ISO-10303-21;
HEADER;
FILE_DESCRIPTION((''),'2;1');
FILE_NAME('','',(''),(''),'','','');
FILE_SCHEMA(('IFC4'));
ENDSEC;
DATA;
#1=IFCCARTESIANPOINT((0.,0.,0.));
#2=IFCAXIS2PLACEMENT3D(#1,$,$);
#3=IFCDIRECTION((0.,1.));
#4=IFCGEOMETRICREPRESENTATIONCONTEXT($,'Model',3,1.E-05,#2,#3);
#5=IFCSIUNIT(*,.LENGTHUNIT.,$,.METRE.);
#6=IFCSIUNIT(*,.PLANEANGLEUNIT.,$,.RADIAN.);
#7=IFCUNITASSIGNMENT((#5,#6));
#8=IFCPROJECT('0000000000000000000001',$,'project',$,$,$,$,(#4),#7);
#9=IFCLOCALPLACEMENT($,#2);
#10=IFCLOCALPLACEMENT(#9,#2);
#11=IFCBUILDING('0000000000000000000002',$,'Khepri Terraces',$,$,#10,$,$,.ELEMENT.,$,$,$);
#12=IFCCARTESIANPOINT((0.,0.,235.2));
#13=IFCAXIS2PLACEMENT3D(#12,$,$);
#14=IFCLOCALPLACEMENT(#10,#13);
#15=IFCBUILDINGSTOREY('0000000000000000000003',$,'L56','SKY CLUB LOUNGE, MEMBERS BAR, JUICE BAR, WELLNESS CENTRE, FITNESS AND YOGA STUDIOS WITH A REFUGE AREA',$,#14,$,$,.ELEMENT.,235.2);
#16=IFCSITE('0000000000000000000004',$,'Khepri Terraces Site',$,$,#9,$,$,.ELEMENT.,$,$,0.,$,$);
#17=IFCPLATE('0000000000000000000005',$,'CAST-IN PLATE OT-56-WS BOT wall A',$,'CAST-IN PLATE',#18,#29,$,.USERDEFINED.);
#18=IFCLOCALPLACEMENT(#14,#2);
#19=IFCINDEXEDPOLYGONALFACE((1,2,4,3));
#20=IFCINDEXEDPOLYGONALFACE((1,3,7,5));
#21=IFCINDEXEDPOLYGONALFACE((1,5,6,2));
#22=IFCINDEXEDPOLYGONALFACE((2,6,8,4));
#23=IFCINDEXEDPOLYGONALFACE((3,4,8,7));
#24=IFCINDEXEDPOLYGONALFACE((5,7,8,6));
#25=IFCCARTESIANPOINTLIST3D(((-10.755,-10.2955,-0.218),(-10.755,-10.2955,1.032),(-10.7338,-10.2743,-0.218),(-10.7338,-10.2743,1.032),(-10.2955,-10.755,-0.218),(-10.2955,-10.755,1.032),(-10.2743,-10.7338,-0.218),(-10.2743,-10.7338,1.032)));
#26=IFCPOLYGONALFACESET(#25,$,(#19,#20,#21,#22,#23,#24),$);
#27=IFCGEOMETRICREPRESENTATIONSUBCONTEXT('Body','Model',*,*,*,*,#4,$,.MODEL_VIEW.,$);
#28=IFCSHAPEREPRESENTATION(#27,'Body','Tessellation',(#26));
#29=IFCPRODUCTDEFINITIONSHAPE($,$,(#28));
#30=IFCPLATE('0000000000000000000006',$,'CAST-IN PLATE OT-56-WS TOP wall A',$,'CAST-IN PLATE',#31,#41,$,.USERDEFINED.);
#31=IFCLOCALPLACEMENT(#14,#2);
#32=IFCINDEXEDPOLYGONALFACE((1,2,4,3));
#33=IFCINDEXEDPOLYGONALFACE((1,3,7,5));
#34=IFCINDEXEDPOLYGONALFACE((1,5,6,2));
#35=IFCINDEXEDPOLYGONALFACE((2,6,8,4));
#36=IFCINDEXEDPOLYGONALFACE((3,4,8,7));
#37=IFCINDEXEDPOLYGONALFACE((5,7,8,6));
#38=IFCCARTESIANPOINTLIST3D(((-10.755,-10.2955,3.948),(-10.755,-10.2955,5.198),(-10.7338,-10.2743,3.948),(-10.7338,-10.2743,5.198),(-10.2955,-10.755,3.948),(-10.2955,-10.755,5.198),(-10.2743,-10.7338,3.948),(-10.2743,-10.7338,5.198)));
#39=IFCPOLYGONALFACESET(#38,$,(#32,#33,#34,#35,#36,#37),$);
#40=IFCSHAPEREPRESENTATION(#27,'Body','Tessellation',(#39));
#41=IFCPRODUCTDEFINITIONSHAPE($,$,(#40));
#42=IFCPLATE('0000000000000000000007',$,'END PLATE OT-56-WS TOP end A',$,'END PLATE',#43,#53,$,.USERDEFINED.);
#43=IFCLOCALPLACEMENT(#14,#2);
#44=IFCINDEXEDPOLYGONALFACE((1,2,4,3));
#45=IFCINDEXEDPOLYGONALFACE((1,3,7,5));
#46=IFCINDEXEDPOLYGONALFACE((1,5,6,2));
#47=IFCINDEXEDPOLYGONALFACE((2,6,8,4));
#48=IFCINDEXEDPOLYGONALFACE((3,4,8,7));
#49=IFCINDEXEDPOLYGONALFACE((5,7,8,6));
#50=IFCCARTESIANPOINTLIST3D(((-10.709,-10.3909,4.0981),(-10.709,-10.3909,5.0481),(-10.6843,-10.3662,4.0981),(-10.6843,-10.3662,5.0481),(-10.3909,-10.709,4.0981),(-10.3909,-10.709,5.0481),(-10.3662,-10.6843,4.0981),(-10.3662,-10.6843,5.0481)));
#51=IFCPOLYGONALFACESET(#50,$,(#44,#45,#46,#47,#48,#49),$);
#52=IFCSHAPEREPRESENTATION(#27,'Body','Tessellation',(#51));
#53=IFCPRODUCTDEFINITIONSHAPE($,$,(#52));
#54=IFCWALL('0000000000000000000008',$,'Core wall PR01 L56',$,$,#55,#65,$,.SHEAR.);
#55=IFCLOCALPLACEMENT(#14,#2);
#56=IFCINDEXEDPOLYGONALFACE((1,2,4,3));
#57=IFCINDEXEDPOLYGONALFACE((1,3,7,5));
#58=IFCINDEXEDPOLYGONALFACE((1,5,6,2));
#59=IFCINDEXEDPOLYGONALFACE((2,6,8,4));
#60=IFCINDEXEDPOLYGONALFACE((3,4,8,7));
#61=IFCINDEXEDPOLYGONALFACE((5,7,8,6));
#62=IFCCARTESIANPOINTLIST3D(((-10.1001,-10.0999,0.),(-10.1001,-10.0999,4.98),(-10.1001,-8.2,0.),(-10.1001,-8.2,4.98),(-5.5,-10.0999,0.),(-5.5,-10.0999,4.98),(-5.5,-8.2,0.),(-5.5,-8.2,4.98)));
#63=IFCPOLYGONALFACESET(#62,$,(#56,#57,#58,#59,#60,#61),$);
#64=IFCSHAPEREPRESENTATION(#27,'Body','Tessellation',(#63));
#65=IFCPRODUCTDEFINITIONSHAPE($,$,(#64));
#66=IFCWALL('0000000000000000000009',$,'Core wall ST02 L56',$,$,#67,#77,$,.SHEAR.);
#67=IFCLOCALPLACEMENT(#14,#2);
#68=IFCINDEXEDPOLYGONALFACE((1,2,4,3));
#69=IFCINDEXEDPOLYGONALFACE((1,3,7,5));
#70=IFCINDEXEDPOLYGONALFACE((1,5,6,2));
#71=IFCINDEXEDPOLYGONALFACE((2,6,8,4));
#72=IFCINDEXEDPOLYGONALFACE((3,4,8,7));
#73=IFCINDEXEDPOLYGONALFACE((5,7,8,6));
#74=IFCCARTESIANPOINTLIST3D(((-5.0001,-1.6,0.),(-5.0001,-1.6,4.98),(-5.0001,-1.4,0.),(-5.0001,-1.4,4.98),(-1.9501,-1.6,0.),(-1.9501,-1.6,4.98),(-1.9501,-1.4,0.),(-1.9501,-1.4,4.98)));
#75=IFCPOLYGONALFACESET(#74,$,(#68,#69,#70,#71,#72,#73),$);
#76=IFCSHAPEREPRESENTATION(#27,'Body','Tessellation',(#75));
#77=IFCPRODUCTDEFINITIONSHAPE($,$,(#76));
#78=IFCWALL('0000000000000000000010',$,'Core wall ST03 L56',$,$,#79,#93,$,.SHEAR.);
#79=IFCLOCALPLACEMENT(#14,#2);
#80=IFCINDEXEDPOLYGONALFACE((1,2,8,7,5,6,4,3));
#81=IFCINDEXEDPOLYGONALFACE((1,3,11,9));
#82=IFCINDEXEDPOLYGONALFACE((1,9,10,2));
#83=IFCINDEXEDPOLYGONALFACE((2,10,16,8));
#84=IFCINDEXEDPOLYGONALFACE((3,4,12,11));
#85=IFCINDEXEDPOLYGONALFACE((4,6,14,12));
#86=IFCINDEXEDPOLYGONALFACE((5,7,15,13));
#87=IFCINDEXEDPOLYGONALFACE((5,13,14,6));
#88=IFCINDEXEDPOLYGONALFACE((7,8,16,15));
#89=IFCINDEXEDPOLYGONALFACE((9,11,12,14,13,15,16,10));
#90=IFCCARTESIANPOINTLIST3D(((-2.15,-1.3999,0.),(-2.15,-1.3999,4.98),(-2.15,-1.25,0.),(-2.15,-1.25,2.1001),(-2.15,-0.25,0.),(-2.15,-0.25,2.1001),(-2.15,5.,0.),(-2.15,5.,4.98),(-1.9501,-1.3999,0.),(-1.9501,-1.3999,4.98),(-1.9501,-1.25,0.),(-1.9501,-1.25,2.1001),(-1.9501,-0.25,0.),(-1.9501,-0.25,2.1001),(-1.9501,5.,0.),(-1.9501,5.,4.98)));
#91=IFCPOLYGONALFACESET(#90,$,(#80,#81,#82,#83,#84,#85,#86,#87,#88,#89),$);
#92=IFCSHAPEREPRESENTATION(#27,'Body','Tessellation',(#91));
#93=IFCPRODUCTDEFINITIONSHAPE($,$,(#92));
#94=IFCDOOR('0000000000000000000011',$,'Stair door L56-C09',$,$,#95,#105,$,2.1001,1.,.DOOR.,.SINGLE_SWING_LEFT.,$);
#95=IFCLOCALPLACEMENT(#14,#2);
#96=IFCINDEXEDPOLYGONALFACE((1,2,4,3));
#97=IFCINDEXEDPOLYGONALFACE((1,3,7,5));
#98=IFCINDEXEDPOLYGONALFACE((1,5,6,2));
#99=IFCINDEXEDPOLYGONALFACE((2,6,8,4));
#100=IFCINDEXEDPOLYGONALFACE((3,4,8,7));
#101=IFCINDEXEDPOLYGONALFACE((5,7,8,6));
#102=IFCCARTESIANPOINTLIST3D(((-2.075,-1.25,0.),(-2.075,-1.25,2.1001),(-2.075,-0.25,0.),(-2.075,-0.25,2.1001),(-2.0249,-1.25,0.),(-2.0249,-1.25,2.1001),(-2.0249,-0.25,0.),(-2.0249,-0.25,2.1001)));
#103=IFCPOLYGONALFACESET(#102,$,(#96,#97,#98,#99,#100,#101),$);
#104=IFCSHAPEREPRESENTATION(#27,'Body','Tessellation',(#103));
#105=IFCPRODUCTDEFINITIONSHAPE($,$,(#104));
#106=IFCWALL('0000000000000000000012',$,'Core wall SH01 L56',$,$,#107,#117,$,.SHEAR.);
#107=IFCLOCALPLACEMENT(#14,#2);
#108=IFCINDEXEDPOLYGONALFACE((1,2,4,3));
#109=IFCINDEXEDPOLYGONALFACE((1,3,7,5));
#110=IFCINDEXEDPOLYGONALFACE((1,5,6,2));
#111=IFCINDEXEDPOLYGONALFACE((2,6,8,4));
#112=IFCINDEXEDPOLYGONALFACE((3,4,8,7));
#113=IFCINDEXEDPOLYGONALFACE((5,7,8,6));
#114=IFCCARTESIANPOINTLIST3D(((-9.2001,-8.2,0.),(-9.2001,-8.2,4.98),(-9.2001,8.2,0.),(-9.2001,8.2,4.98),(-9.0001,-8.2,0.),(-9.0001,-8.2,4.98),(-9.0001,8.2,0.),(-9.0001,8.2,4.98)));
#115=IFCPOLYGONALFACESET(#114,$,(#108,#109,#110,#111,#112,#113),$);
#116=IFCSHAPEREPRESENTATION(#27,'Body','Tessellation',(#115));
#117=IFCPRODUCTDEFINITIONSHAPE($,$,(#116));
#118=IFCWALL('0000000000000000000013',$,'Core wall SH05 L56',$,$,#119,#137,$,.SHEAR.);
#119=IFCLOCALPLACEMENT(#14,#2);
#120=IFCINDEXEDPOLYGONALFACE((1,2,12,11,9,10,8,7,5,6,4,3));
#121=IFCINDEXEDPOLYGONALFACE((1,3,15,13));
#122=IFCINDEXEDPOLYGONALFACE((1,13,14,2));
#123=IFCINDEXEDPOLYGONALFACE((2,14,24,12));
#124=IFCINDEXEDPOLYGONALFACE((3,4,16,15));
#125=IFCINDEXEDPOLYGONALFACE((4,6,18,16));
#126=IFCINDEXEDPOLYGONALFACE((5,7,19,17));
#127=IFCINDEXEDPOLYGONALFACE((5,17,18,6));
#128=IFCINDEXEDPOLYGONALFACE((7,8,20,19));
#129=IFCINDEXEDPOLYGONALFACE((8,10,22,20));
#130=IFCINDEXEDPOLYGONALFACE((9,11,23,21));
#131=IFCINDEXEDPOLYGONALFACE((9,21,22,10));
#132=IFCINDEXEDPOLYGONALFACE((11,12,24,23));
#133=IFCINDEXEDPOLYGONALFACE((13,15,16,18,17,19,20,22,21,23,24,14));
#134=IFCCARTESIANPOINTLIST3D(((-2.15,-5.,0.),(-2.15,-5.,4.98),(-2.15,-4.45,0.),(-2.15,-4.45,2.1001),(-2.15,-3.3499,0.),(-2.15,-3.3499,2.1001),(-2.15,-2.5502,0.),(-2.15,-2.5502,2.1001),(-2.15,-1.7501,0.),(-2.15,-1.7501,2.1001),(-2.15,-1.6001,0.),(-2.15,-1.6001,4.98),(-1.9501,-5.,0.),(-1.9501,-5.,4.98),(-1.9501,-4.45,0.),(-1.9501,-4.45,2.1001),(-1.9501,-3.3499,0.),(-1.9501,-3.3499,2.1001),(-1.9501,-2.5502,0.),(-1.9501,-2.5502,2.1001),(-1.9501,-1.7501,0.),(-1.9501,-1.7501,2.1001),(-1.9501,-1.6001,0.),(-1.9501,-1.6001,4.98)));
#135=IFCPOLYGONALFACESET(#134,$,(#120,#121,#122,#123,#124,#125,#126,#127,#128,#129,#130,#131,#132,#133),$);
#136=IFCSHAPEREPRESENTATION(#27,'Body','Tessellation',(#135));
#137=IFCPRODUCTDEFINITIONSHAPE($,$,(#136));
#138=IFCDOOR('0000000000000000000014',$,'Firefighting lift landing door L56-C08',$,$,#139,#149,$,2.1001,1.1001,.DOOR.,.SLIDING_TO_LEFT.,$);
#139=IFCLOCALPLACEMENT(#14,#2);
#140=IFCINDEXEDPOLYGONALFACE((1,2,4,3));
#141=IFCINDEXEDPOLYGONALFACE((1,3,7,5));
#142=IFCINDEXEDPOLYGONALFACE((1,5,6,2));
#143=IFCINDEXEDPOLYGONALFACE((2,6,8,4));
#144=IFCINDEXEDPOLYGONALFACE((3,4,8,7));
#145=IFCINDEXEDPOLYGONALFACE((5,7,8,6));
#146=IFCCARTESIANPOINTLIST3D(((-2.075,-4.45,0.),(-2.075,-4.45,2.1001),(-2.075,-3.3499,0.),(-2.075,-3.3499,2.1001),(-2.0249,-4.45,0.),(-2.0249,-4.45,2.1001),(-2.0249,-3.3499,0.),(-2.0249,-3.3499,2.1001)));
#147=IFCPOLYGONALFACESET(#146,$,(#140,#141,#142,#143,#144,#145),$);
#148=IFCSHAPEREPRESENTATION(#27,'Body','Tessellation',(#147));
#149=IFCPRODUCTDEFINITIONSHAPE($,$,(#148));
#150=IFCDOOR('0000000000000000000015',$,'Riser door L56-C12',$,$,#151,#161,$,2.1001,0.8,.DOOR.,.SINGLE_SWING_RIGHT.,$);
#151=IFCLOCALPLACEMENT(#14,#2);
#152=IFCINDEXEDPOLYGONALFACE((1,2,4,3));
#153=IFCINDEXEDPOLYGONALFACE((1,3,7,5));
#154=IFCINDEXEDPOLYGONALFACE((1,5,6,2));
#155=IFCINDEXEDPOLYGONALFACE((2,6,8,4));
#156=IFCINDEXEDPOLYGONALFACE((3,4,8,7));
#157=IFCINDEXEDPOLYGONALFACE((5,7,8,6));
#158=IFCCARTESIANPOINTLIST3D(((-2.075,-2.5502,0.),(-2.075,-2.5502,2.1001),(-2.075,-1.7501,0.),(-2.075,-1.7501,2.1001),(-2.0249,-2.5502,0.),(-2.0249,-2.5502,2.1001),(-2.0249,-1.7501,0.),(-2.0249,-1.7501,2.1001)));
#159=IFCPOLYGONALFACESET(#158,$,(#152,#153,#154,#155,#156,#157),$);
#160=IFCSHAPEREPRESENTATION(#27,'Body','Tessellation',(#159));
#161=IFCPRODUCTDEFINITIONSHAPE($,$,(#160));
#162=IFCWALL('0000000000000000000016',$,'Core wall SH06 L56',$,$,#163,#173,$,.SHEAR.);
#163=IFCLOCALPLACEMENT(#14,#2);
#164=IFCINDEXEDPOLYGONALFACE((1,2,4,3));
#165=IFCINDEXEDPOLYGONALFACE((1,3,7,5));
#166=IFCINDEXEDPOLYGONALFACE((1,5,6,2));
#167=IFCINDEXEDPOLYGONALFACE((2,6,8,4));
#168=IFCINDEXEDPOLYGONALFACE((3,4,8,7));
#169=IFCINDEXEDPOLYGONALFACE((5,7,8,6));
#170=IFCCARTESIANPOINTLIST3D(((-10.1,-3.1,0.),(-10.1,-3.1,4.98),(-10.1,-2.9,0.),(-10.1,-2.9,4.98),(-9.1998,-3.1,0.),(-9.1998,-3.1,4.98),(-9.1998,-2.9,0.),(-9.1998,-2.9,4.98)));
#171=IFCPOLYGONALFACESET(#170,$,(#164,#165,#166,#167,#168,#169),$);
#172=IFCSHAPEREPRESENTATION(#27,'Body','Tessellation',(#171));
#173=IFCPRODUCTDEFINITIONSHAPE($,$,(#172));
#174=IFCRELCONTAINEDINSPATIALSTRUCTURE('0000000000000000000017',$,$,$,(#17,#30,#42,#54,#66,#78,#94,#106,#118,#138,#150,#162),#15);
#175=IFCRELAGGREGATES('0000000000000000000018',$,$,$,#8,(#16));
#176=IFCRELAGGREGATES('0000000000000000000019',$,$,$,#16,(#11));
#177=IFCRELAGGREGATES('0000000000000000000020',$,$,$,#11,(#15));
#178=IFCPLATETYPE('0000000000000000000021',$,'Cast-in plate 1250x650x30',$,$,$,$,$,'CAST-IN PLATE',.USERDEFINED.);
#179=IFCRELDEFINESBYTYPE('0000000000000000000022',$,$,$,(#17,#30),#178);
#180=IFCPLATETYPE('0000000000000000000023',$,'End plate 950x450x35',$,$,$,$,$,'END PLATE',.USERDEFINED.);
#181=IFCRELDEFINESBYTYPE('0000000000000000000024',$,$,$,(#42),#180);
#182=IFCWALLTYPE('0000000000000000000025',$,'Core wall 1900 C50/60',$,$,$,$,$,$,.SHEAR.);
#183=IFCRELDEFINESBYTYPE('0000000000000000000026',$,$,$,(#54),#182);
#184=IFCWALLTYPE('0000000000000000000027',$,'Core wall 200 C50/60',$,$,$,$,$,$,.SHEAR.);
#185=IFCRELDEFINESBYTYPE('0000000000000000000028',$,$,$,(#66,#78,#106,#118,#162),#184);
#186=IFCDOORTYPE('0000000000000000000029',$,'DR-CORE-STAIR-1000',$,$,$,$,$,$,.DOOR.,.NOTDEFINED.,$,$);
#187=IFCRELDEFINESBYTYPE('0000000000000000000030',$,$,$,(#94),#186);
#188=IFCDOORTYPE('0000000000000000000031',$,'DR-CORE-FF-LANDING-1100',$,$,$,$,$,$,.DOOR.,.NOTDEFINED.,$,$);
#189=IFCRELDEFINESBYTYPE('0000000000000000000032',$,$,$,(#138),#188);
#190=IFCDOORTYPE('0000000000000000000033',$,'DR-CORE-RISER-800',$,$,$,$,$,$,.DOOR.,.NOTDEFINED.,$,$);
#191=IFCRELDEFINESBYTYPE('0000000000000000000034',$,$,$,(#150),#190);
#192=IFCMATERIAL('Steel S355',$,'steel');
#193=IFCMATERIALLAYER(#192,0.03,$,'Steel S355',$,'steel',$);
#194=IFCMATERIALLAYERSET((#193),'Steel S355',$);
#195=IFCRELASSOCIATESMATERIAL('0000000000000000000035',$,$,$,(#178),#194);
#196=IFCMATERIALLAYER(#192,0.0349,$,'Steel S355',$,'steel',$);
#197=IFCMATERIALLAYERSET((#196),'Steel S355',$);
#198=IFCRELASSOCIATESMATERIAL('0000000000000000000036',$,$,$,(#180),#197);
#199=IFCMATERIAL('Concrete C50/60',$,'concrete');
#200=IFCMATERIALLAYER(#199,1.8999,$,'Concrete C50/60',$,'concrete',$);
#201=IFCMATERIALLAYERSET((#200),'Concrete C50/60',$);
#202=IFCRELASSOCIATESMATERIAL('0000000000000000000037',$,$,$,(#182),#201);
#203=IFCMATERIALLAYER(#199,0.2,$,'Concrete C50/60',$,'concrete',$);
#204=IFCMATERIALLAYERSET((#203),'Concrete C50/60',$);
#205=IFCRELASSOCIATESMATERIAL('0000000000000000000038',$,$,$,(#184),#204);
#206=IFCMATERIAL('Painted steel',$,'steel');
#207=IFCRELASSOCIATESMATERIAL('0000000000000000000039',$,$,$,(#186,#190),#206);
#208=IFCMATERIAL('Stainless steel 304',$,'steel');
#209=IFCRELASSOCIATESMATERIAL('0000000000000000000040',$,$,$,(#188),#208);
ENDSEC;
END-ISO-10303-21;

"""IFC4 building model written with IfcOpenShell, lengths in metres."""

from ifc_helpers import new_model, si_unit, direction, frame, frame_2d, origin, origin_2d, place, context, subcontext, project, spatial, rectangle, extrude, material, layer, layer_set, type_object, element, fill, save


model = new_model("IFC4")

# Units and contexts
model_context = context("Model", 3, precision=1e-05, world=origin(), true_north=direction((0.0, 1.0)))
body_context = subcontext(model_context, "Body", "Model", "MODEL_VIEW")
ifc_project = project(units=[si_unit("LENGTHUNIT", "METRE"), si_unit("PLANEANGLEUNIT", "RADIAN")], contexts=[model_context])

# Site, building, storey
site_placement = place(None, origin())
site = spatial("IfcSite", under=ifc_project, at=site_placement, Name="Khepri Terraces Site", CompositionType="ELEMENT", RefElevation=0.0)
building_placement = place(site_placement, origin())
building = spatial("IfcBuilding", under=site, at=building_placement, Name="Khepri Terraces", CompositionType="ELEMENT")
storey_placement = place(building_placement, frame((0.0, 0.0, 235.2)))
storey = spatial("IfcBuildingStorey", under=building, at=storey_placement, Name="L56", Description="SKY CLUB LOUNGE, MEMBERS BAR, JUICE BAR, WELLNESS CENTRE, FITNESS AND YOGA STUDIOS WITH A REFUGE AREA", CompositionType="ELEMENT", Elevation=235.2)

# Plates
ifc_material_1 = material(Name="Steel S355", Category="steel")
ifc_layer_1 = layer(ifc_material_1, 0.03, Name="Steel S355", Category="steel")
ifc_layer_set_1 = layer_set([ifc_layer_1], Name="Steel S355")
plate_type_1 = type_object("IfcPlateType", Name="Cast-in plate 1250x650x30", ElementType="CAST-IN PLATE", PredefinedType="USERDEFINED", material=ifc_layer_set_1)
for number, where, z_axis, x_axis, name in (
    (1, (-10.5146, -10.5146, -0.218), (0.0, 0.0, 1.0), (-0.707107, -0.707107, 0.0), "CAST-IN PLATE OT-56-WS BOT wall A"),
    (2, (-10.5146, -10.5146, 3.948), (0.0, 0.0, 1.0), (-0.707107, -0.707107, 0.0), "CAST-IN PLATE OT-56-WS TOP wall A"),
):
    element("IfcPlate", number, at=place(storey_placement, frame(where, z_axis=z_axis, x_axis=x_axis)), inside=storey, type_object=plate_type_1, Name=name, ObjectType="CAST-IN PLATE", PredefinedType="USERDEFINED", context=body_context, shape_type="SweptSolid", body=[
        extrude(rectangle(XDim=0.03, YDim=0.6499, at=origin_2d()), origin(), (0.0, 0.0, 1.0), 1.25),
    ])
ifc_layer_2 = layer(ifc_material_1, 0.0349, Name="Steel S355", Category="steel")
ifc_layer_set_2 = layer_set([ifc_layer_2], Name="Steel S355")
plate_type_2 = type_object("IfcPlateType", Name="End plate 950x450x35", ElementType="END PLATE", PredefinedType="USERDEFINED", material=ifc_layer_set_2)
plate_placement = place(storey_placement, frame((-10.5376, -10.5376, 4.0981), z_axis=(0.0, 0.0, 1.0), x_axis=(-0.707107, -0.707107, 0.0)))
element("IfcPlate", 3, at=plate_placement, inside=storey, type_object=plate_type_2, Name="END PLATE OT-56-WS TOP end A", ObjectType="END PLATE", PredefinedType="USERDEFINED", context=body_context, shape_type="SweptSolid", body=[
    extrude(rectangle(XDim=0.0349, YDim=0.45, at=origin_2d()), origin(), (0.0, 0.0, 1.0), 0.95),
])

# Walls
ifc_material_2 = material(Name="Concrete C50/60", Category="concrete")
ifc_layer_3 = layer(ifc_material_2, 1.8999, Name="Concrete C50/60", Category="concrete")
ifc_layer_set_3 = layer_set([ifc_layer_3], Name="Concrete C50/60")
wall_type_1 = type_object("IfcWallType", Name="Core wall 1900 C50/60", PredefinedType="SHEAR", material=ifc_layer_set_3)
wall_1_placement = place(storey_placement, frame((-10.1001, -9.1499, 0.0), z_axis=(0.0, 0.0, 1.0), x_axis=(1.0, 0.0, 0.0)))
element("IfcWall", 4, at=wall_1_placement, inside=storey, type_object=wall_type_1, Name="Core wall PR01 L56", PredefinedType="SHEAR", context=body_context, shape_type="SweptSolid", body=[
    extrude(rectangle(XDim=4.6001, YDim=1.8999, at=frame_2d((2.3, 0.0))), origin(), (0.0, 0.0, 1.0), 4.98),
])
ifc_layer_4 = layer(ifc_material_2, 0.2, Name="Concrete C50/60", Category="concrete")
ifc_layer_set_4 = layer_set([ifc_layer_4], Name="Concrete C50/60")
wall_type_2 = type_object("IfcWallType", Name="Core wall 200 C50/60", PredefinedType="SHEAR", material=ifc_layer_set_4)
wall_2_placement = place(storey_placement, frame((-5.0, -1.5, 0.0), z_axis=(0.0, 0.0, 1.0), x_axis=(1.0, 0.0, 0.0)))
element("IfcWall", 5, at=wall_2_placement, inside=storey, type_object=wall_type_2, Name="Core wall ST02 L56", PredefinedType="SHEAR", context=body_context, shape_type="SweptSolid", body=[
    extrude(rectangle(XDim=3.05, YDim=0.2, at=frame_2d((1.5249, 0.0))), origin(), (0.0, 0.0, 1.0), 4.98),
])

# Wall, opening, door
wall_3_placement = place(storey_placement, frame((-2.05, -1.3999, 0.0), z_axis=(0.0, 0.0, 1.0), x_axis=(0.0, 1.0, 0.0)))
wall_3 = element("IfcWall", 6, at=wall_3_placement, inside=storey, type_object=wall_type_2, Name="Core wall ST03 L56", PredefinedType="SHEAR", context=body_context, shape_type="SweptSolid", body=[
    extrude(rectangle(XDim=6.3999, YDim=0.2, at=frame_2d((3.2, 0.0))), origin(), (0.0, 0.0, 1.0), 4.98),
])
opening_1_placement = place(wall_3_placement, frame((0.1499, 0.0, 0.0)))
opening_1 = element("IfcOpeningElement", 7, at=opening_1_placement, cuts=wall_3, PredefinedType="OPENING", context=body_context, shape_type="SweptSolid", body=[
    extrude(rectangle(XDim=1.0, YDim=2.1001, at=frame_2d((0.5, 1.05))), frame((0.0, 0.1099, 0.0), z_axis=(0.0, -1.0, 0.0), x_axis=(1.0, 0.0, 0.0)), (0.0, 0.0, 1.0), 0.22),
])
ifc_material_3 = material(Name="Painted steel", Category="steel")
door_type_1 = type_object("IfcDoorType", Name="DR-CORE-STAIR-1000", OperationType="NOTDEFINED", PredefinedType="DOOR", material=ifc_material_3)
door_1_placement = place(opening_1_placement, origin())
door_1 = element("IfcDoor", 8, at=door_1_placement, inside=storey, type_object=door_type_1, Name="Stair door L56-C09", OperationType="SINGLE_SWING_LEFT", OverallHeight=2.1001, OverallWidth=1.0, PredefinedType="DOOR", context=body_context, shape_type="SweptSolid", body=[
    extrude(rectangle(XDim=1.0, YDim=2.1001, at=frame_2d((0.5, 1.05))), frame((0.0, 0.0249, 0.0), z_axis=(0.0, -1.0, 0.0), x_axis=(1.0, 0.0, 0.0)), (0.0, 0.0, 1.0), 0.05),
])
fill(opening_1, door_1)

# Wall
wall_4_placement = place(storey_placement, frame((-9.1001, -8.2, 0.0), z_axis=(0.0, 0.0, 1.0), x_axis=(0.0, 1.0, 0.0)))
element("IfcWall", 9, at=wall_4_placement, inside=storey, type_object=wall_type_2, Name="Core wall SH01 L56", PredefinedType="SHEAR", context=body_context, shape_type="SweptSolid", body=[
    extrude(rectangle(XDim=16.3999, YDim=0.2, at=frame_2d((8.2, 0.0))), origin(), (0.0, 0.0, 1.0), 4.98),
])

# Wall, openings, doors
wall_5_placement = place(storey_placement, frame((-2.05, -5.0, 0.0), z_axis=(0.0, 0.0, 1.0), x_axis=(0.0, 1.0, 0.0)))
wall_5 = element("IfcWall", 10, at=wall_5_placement, inside=storey, type_object=wall_type_2, Name="Core wall SH05 L56", PredefinedType="SHEAR", context=body_context, shape_type="SweptSolid", body=[
    extrude(rectangle(XDim=3.3999, YDim=0.2, at=frame_2d((1.7, 0.0))), origin(), (0.0, 0.0, 1.0), 4.98),
])
opening_2_placement = place(wall_5_placement, frame((0.55, 0.0, 0.0)))
opening_2 = element("IfcOpeningElement", 11, at=opening_2_placement, cuts=wall_5, PredefinedType="OPENING", context=body_context, shape_type="SweptSolid", body=[
    extrude(rectangle(XDim=1.1001, YDim=2.1001, at=frame_2d((0.55, 1.05))), frame((0.0, 0.1099, 0.0), z_axis=(0.0, -1.0, 0.0), x_axis=(1.0, 0.0, 0.0)), (0.0, 0.0, 1.0), 0.22),
])
opening_3_placement = place(wall_5_placement, frame((2.45, 0.0, 0.0)))
opening_3 = element("IfcOpeningElement", 12, at=opening_3_placement, cuts=wall_5, PredefinedType="OPENING", context=body_context, shape_type="SweptSolid", body=[
    extrude(rectangle(XDim=0.8, YDim=2.1001, at=frame_2d((0.3999, 1.05))), frame((0.0, 0.1099, 0.0), z_axis=(0.0, -1.0, 0.0), x_axis=(1.0, 0.0, 0.0)), (0.0, 0.0, 1.0), 0.22),
])
ifc_material_4 = material(Name="Stainless steel 304", Category="steel")
door_type_2 = type_object("IfcDoorType", Name="DR-CORE-FF-LANDING-1100", OperationType="NOTDEFINED", PredefinedType="DOOR", material=ifc_material_4)
door_2_placement = place(opening_2_placement, origin())
door_2 = element("IfcDoor", 13, at=door_2_placement, inside=storey, type_object=door_type_2, Name="Firefighting lift landing door L56-C08", OperationType="SLIDING_TO_LEFT", OverallHeight=2.1001, OverallWidth=1.1001, PredefinedType="DOOR", context=body_context, shape_type="SweptSolid", body=[
    extrude(rectangle(XDim=1.1001, YDim=2.1001, at=frame_2d((0.55, 1.05))), frame((0.0, 0.0249, 0.0), z_axis=(0.0, -1.0, 0.0), x_axis=(1.0, 0.0, 0.0)), (0.0, 0.0, 1.0), 0.05),
])
fill(opening_2, door_2)
door_type_3 = type_object("IfcDoorType", Name="DR-CORE-RISER-800", OperationType="NOTDEFINED", PredefinedType="DOOR", material=ifc_material_3)
door_3_placement = place(opening_3_placement, origin())
door_3 = element("IfcDoor", 14, at=door_3_placement, inside=storey, type_object=door_type_3, Name="Riser door L56-C12", OperationType="SINGLE_SWING_RIGHT", OverallHeight=2.1001, OverallWidth=0.8, PredefinedType="DOOR", context=body_context, shape_type="SweptSolid", body=[
    extrude(rectangle(XDim=0.8, YDim=2.1001, at=frame_2d((0.3999, 1.05))), frame((0.0, 0.0249, 0.0), z_axis=(0.0, -1.0, 0.0), x_axis=(1.0, 0.0, 0.0)), (0.0, 0.0, 1.0), 0.05),
])
fill(opening_3, door_3)

# Wall
wall_6_placement = place(storey_placement, frame((-10.1001, -3.0, 0.0), z_axis=(0.0, 0.0, 1.0), x_axis=(1.0, 0.0, 0.0)))
element("IfcWall", 15, at=wall_6_placement, inside=storey, type_object=wall_type_2, Name="Core wall SH06 L56", PredefinedType="SHEAR", context=body_context, shape_type="SweptSolid", body=[
    extrude(rectangle(XDim=0.9001, YDim=0.2, at=frame_2d((0.4502, 0.0))), origin(), (0.0, 0.0, 1.0), 4.98),
])

save(model, "model.ifc")
